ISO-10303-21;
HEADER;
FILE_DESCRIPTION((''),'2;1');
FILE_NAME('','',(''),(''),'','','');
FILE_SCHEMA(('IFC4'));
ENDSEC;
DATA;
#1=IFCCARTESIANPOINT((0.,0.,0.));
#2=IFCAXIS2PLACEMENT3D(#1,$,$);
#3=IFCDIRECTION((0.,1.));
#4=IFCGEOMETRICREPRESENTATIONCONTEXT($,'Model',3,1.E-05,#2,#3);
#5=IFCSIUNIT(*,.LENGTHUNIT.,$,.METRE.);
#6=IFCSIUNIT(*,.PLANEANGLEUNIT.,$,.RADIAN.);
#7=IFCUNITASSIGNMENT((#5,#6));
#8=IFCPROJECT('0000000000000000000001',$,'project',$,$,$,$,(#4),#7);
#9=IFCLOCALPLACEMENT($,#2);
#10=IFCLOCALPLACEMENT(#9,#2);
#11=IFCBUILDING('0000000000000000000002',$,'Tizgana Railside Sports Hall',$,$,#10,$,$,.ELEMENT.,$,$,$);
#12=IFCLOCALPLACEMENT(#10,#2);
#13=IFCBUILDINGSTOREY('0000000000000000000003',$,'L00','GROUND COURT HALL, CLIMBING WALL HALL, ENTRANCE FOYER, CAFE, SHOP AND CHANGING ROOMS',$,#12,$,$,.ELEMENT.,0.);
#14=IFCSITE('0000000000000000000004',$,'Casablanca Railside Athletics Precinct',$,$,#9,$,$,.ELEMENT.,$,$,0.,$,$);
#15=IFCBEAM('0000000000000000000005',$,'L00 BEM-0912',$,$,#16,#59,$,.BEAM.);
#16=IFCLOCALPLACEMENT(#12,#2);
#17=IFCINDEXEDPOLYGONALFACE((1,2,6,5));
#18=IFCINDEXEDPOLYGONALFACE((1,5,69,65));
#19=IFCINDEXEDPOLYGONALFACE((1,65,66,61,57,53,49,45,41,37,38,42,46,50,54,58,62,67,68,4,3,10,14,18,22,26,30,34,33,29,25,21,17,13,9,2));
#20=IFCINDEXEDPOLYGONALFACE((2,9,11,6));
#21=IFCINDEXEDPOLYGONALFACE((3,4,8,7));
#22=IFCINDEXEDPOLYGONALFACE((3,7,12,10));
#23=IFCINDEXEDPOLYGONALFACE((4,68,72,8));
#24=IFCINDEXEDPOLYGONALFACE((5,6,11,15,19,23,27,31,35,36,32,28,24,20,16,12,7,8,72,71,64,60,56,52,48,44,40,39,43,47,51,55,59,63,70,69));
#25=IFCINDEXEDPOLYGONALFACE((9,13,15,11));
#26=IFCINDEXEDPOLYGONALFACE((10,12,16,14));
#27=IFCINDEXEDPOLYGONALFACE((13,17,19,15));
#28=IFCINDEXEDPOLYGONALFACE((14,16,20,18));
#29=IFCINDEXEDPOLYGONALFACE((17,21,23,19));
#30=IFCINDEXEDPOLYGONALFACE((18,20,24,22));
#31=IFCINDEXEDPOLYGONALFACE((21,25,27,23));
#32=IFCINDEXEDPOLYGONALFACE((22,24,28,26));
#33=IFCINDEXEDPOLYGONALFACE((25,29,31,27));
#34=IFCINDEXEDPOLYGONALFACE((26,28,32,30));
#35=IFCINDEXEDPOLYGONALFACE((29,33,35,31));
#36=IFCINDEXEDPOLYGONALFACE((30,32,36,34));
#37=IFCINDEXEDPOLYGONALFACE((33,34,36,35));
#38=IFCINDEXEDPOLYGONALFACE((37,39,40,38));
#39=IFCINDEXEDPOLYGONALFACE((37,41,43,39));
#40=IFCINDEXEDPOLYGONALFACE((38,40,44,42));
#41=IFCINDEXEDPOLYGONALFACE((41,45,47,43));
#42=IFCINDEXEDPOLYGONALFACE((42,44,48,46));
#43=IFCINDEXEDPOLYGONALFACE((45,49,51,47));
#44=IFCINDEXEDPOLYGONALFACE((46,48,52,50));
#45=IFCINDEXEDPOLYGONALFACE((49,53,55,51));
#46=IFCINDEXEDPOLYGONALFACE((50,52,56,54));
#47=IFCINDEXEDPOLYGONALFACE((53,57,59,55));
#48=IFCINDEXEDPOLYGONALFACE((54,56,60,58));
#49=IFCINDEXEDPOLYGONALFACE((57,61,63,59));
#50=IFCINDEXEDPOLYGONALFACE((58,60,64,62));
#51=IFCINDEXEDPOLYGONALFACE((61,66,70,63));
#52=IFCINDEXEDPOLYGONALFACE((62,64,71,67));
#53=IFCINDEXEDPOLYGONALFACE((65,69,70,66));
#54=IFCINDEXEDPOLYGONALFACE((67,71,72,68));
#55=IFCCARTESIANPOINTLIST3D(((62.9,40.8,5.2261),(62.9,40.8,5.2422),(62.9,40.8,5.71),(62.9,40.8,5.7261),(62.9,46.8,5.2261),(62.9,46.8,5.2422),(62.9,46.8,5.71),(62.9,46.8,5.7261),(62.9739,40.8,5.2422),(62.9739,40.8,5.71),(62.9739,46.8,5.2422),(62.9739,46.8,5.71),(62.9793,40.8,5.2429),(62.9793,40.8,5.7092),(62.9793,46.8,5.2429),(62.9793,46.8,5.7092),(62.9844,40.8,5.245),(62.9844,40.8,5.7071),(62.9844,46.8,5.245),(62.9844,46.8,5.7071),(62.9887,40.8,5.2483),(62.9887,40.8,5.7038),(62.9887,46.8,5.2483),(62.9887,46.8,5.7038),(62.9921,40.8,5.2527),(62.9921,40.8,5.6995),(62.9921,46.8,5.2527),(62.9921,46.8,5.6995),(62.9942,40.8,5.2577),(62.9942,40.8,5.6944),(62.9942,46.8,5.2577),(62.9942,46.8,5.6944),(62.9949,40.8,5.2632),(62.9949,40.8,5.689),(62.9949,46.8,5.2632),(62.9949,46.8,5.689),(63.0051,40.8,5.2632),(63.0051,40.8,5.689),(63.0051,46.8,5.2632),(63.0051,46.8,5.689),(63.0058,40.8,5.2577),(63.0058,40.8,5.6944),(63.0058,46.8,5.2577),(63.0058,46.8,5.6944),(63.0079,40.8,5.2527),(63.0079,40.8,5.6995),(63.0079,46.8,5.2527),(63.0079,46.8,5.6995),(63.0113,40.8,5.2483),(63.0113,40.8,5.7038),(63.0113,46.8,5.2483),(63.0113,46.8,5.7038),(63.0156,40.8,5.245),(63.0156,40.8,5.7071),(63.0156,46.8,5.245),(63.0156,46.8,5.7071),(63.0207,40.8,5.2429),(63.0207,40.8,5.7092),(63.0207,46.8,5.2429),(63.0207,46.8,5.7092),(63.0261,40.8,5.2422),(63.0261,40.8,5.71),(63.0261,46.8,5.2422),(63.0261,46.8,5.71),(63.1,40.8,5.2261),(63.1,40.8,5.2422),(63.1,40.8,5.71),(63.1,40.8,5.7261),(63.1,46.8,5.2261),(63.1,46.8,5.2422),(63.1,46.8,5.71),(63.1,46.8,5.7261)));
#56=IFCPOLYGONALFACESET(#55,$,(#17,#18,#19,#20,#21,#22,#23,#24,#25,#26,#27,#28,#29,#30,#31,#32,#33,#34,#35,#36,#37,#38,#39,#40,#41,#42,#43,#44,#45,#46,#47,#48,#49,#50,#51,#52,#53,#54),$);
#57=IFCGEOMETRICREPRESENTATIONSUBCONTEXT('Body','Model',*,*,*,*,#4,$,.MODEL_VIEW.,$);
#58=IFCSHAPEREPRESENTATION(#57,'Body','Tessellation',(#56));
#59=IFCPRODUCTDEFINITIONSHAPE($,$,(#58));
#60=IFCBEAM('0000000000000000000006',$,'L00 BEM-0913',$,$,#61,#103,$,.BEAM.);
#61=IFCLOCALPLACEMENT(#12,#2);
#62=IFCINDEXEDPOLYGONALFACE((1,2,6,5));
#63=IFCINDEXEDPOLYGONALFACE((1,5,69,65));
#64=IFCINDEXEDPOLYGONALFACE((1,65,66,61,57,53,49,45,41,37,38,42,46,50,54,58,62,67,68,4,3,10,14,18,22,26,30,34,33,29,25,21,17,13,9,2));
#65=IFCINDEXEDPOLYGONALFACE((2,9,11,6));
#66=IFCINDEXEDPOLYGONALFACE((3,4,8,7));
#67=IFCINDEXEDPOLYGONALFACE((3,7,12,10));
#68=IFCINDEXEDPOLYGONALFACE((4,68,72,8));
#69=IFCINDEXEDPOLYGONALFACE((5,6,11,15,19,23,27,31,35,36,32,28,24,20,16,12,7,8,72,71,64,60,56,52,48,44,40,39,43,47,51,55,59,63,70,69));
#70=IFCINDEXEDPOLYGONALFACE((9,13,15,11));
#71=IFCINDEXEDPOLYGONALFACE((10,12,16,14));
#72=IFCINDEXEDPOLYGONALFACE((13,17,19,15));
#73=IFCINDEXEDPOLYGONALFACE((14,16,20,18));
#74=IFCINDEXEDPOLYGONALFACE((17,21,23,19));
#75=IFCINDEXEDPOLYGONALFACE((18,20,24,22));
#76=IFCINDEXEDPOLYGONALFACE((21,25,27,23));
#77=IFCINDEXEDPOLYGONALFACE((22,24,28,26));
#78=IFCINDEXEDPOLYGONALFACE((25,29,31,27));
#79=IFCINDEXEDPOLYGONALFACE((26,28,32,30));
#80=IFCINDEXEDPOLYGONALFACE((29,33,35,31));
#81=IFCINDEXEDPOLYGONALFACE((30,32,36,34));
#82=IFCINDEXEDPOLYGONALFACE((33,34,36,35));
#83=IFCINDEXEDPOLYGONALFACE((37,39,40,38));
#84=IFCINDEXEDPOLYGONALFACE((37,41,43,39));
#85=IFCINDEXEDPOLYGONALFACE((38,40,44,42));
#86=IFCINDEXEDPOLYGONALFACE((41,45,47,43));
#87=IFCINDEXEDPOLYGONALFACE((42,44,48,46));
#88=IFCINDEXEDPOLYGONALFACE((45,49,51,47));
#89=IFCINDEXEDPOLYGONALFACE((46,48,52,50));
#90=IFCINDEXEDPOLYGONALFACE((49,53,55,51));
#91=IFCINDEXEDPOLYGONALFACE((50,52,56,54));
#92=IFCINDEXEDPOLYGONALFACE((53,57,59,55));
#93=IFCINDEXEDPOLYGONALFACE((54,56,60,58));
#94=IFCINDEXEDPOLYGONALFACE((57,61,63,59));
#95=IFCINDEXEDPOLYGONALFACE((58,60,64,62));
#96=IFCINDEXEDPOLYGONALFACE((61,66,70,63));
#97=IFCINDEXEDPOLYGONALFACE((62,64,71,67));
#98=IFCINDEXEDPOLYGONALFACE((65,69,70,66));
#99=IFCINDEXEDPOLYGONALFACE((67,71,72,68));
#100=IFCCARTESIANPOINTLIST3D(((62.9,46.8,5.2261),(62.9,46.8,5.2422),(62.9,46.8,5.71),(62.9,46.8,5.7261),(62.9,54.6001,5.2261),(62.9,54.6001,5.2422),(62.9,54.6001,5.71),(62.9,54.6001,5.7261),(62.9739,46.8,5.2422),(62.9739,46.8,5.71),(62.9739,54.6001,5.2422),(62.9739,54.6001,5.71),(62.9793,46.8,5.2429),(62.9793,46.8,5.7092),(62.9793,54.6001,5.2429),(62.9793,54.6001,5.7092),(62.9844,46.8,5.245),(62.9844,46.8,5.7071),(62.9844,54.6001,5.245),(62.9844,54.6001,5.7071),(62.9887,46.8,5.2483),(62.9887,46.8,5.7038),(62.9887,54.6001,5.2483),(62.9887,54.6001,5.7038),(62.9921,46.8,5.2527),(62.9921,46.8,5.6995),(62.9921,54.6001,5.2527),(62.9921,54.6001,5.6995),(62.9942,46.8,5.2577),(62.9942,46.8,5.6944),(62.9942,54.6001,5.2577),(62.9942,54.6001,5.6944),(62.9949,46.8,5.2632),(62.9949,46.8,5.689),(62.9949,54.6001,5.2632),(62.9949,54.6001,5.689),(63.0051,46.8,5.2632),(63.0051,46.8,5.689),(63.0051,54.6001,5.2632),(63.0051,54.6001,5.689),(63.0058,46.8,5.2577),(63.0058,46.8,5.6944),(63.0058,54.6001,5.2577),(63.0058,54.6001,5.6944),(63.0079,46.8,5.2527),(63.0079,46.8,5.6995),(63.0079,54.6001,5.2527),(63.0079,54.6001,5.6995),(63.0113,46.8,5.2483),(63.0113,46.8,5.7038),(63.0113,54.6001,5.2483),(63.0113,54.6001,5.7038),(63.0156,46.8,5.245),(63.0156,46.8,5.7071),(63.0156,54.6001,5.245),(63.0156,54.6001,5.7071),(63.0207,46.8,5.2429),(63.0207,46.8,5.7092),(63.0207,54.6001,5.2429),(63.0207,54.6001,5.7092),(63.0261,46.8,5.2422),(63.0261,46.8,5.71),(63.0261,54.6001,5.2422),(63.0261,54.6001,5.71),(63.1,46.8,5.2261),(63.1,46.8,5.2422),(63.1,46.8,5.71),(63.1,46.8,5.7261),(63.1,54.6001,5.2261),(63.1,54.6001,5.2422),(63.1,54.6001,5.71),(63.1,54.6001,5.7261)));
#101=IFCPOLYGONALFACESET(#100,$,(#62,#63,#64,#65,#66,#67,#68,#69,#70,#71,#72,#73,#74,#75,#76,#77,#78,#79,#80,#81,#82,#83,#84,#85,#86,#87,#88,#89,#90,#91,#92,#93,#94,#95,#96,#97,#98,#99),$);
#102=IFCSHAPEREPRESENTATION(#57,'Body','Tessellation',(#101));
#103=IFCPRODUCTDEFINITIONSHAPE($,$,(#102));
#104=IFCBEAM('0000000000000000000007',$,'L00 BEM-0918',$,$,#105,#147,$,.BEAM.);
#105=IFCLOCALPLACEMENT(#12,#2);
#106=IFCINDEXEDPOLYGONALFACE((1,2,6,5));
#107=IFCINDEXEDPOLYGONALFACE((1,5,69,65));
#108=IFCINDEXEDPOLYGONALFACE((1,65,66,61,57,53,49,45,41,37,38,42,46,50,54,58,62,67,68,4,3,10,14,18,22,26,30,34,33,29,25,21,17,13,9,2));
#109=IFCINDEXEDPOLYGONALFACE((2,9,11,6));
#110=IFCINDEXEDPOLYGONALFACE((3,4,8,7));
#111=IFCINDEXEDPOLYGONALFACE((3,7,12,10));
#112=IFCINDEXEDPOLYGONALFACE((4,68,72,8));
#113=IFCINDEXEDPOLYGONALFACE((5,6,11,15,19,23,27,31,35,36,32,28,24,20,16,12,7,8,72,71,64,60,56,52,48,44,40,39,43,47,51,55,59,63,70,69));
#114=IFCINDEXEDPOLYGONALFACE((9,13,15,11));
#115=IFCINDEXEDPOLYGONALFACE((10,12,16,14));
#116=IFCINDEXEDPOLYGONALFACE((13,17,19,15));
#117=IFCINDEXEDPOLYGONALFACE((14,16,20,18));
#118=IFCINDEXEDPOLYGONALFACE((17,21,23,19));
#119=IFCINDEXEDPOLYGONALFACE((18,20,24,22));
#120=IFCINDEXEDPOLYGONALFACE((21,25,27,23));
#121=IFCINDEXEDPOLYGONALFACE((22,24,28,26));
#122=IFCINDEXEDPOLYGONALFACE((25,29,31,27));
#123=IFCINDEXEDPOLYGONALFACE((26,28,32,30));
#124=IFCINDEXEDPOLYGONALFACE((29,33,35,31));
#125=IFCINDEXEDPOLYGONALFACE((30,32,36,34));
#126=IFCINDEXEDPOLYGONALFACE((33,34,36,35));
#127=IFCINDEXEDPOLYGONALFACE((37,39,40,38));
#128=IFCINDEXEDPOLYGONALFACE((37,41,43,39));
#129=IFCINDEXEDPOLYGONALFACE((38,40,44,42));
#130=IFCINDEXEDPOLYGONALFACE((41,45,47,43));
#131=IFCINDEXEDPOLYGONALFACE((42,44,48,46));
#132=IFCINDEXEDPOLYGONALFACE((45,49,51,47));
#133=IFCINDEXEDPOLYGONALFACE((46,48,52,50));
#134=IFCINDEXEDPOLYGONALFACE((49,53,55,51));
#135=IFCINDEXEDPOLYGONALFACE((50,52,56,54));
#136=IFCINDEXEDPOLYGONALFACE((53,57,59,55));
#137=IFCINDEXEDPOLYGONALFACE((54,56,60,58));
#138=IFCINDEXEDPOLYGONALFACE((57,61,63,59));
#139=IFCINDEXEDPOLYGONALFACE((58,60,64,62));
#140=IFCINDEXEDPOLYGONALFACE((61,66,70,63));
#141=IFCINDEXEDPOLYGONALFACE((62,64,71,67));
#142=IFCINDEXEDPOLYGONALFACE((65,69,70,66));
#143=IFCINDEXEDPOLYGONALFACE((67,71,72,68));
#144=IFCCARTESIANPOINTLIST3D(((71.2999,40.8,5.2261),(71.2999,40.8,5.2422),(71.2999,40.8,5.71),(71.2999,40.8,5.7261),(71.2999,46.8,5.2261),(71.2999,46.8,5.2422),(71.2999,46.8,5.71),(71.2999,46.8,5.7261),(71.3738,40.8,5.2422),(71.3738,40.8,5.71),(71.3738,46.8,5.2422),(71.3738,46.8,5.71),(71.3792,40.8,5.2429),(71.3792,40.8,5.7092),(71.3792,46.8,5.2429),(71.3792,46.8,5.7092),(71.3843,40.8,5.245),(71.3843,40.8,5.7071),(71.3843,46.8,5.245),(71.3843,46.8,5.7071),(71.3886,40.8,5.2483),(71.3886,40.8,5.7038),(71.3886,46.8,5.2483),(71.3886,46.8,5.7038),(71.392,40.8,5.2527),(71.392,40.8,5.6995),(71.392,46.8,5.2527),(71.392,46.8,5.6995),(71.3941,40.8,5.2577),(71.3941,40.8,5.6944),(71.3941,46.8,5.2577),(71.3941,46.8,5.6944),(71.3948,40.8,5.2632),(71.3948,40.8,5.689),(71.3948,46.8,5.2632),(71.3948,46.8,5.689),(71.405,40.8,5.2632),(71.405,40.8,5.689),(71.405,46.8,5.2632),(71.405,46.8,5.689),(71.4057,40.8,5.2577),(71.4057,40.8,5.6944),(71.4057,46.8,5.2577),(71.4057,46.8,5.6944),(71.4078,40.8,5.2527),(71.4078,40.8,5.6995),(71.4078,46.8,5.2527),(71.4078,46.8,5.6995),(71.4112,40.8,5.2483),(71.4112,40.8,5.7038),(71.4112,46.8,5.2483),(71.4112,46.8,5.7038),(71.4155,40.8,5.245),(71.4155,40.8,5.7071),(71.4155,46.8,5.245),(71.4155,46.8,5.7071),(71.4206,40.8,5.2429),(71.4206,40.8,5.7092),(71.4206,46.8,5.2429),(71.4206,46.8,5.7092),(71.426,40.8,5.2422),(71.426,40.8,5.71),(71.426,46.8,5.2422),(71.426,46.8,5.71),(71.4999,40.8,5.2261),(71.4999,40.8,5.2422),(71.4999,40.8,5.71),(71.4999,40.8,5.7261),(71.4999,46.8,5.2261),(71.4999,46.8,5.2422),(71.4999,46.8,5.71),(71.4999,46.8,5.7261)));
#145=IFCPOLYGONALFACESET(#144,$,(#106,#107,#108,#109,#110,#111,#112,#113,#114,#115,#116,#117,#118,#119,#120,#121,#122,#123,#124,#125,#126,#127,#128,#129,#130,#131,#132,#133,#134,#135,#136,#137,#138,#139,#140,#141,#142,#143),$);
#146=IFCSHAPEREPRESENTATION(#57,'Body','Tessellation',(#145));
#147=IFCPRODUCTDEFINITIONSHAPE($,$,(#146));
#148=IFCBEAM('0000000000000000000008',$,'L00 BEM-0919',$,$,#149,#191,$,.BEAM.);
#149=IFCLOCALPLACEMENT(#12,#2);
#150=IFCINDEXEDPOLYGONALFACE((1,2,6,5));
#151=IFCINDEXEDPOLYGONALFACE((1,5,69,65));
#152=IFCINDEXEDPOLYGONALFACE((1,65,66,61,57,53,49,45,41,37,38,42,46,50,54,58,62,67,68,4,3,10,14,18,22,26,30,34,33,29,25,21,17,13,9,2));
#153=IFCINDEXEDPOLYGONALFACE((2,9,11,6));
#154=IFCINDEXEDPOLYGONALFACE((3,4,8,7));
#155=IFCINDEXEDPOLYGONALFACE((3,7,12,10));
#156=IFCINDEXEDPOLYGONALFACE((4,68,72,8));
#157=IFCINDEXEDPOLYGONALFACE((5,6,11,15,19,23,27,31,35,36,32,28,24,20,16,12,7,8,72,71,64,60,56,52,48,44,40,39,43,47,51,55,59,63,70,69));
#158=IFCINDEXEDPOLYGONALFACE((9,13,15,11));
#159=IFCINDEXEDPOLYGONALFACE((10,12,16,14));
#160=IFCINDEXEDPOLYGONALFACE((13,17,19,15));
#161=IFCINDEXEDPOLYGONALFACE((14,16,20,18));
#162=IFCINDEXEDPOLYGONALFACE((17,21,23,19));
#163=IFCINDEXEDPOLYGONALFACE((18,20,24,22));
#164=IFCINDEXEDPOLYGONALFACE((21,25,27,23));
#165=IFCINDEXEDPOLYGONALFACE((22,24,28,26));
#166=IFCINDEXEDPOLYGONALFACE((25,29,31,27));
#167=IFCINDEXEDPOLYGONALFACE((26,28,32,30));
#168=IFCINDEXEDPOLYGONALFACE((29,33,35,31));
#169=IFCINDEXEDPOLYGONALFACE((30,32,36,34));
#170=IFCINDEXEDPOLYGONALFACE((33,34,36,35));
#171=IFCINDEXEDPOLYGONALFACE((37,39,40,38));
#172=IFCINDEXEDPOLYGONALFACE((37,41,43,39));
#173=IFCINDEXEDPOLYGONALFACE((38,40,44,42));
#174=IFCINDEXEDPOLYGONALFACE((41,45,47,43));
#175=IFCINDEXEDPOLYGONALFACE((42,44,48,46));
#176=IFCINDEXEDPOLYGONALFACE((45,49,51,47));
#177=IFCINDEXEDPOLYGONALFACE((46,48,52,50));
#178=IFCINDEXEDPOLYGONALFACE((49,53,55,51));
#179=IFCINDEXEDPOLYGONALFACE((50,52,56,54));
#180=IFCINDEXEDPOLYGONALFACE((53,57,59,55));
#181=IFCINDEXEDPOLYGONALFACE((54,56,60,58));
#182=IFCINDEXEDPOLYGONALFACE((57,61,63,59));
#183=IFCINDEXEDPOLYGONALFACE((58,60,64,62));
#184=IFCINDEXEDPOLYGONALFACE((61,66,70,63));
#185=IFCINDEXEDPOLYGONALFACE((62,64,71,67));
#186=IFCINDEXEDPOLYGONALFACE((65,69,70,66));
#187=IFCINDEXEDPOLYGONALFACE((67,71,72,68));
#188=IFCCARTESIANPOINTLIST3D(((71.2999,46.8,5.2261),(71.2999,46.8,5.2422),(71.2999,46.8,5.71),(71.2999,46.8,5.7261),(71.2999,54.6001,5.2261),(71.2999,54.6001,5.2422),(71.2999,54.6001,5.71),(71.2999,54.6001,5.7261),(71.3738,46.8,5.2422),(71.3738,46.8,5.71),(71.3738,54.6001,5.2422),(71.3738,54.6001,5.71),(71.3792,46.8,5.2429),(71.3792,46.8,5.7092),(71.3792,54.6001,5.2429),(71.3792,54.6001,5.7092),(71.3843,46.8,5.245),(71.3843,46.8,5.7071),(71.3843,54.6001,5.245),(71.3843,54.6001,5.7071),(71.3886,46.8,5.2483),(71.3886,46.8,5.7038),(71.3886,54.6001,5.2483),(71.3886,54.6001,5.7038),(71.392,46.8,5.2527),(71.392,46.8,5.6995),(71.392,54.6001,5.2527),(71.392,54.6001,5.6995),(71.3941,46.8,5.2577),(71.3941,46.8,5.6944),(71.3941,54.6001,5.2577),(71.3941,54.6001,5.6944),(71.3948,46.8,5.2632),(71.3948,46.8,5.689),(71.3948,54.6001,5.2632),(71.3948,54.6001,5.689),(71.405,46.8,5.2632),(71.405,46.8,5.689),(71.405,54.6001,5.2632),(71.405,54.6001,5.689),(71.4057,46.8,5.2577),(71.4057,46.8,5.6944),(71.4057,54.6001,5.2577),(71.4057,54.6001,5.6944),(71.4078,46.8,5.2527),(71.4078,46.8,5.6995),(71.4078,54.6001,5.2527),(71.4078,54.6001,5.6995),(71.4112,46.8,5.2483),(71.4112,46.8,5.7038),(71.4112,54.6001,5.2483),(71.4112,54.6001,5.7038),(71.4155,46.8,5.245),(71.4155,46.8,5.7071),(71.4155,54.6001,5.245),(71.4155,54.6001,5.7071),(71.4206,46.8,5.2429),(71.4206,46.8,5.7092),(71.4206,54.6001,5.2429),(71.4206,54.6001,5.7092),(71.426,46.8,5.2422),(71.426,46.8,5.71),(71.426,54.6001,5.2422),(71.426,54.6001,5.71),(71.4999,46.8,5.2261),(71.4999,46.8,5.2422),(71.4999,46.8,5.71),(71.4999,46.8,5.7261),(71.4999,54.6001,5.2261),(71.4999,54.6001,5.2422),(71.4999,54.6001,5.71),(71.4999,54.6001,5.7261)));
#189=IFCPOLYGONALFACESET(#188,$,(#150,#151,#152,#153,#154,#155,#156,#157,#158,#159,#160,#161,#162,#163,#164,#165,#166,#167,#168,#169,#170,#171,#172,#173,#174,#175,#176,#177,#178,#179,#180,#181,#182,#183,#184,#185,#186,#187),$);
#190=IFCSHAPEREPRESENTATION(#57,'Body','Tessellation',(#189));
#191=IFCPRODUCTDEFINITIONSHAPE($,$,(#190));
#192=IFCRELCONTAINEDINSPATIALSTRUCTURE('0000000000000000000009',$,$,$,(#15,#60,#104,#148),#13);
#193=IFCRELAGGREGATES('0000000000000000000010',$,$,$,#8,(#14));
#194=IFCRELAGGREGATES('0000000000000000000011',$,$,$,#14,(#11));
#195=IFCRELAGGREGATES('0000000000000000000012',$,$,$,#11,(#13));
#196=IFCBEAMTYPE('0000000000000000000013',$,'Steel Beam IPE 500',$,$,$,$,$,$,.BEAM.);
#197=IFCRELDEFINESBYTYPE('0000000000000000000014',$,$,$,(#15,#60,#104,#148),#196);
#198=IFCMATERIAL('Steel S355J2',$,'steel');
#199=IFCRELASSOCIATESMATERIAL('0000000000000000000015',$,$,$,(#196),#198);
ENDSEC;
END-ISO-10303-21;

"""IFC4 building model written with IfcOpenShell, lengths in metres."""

from ifc_helpers import new_model, si_unit, direction, frame, origin, origin_2d, place, context, subcontext, project, spatial, i_section, extrude, material, material_profile, profile_set, type_object, element, save


model = new_model("IFC4")

# Units and contexts
model_context = context("Model", 3, precision=1e-05, world=origin(), true_north=direction((0.0, 1.0)))
body_context = subcontext(model_context, "Body", "Model", "MODEL_VIEW")
ifc_project = project(units=[si_unit("LENGTHUNIT", "METRE"), si_unit("PLANEANGLEUNIT", "RADIAN")], contexts=[model_context])

# Site, building, storey
site_placement = place(None, origin())
site = spatial("IfcSite", under=ifc_project, at=site_placement, Name="Casablanca Railside Athletics Precinct", CompositionType="ELEMENT", RefElevation=0.0)
building_placement = place(site_placement, origin())
building = spatial("IfcBuilding", under=site, at=building_placement, Name="Tizgana Railside Sports Hall", CompositionType="ELEMENT")
storey_placement = place(building_placement, origin())
storey = spatial("IfcBuildingStorey", under=building, at=storey_placement, Name="L00", Description="GROUND COURT HALL, CLIMBING WALL HALL, ENTRANCE FOYER, CAFE, SHOP AND CHANGING ROOMS", CompositionType="ELEMENT", Elevation=0.0)

# Shared definitions
ifc_material_1 = material(Name="Steel S355J2", Category="steel")

# Beams
ifc_material_profile_1 = material_profile(ifc_material_1, i_section(OverallWidth=0.2, OverallDepth=0.5, WebThickness=0.0103, FlangeThickness=0.0161, FilletRadius=0.021, at=origin_2d()), Name="IPE 500")
ifc_profile_set_1 = profile_set([ifc_material_profile_1], Name="Steel S355J2")
beam_type_1 = type_object("IfcBeamType", Name="Steel Beam IPE 500", PredefinedType="BEAM", material=ifc_profile_set_1)
beam_1_placement = place(storey_placement, frame((63.0, 40.8, 5.4761), z_axis=(0.0, 1.0, 0.0), x_axis=(-1.0, 0.0, 0.0)))
element("IfcBeam", 1, at=beam_1_placement, inside=storey, type_object=beam_type_1, Name="L00 BEM-0912", PredefinedType="BEAM", context=body_context, shape_type="SweptSolid", body=[
    extrude(i_section(OverallWidth=0.2, OverallDepth=0.5, WebThickness=0.0103, FlangeThickness=0.0161, FilletRadius=0.021, at=origin_2d()), origin(), (0.0, 0.0, 1.0), 6.0),
])
beam_2_placement = place(storey_placement, frame((63.0, 46.8, 5.4761), z_axis=(0.0, 1.0, 0.0), x_axis=(-1.0, 0.0, 0.0)))
element("IfcBeam", 2, at=beam_2_placement, inside=storey, type_object=beam_type_1, Name="L00 BEM-0913", PredefinedType="BEAM", context=body_context, shape_type="SweptSolid", body=[
    extrude(i_section(OverallWidth=0.2, OverallDepth=0.5, WebThickness=0.0103, FlangeThickness=0.0161, FilletRadius=0.021, at=origin_2d()), origin(), (0.0, 0.0, 1.0), 7.8),
])
beam_3_placement = place(storey_placement, frame((71.3999, 40.8, 5.4761), z_axis=(0.0, 1.0, 0.0), x_axis=(-1.0, 0.0, 0.0)))
element("IfcBeam", 3, at=beam_3_placement, inside=storey, type_object=beam_type_1, Name="L00 BEM-0918", PredefinedType="BEAM", context=body_context, shape_type="SweptSolid", body=[
    extrude(i_section(OverallWidth=0.2, OverallDepth=0.5, WebThickness=0.0103, FlangeThickness=0.0161, FilletRadius=0.021, at=origin_2d()), origin(), (0.0, 0.0, 1.0), 6.0),
])
beam_4_placement = place(storey_placement, frame((71.3999, 46.8, 5.4761), z_axis=(0.0, 1.0, 0.0), x_axis=(-1.0, 0.0, 0.0)))
element("IfcBeam", 4, at=beam_4_placement, inside=storey, type_object=beam_type_1, Name="L00 BEM-0919", PredefinedType="BEAM", context=body_context, shape_type="SweptSolid", body=[
    extrude(i_section(OverallWidth=0.2, OverallDepth=0.5, WebThickness=0.0103, FlangeThickness=0.0161, FilletRadius=0.021, at=origin_2d()), origin(), (0.0, 0.0, 1.0), 7.8),
])

save(model, "model.ifc")
